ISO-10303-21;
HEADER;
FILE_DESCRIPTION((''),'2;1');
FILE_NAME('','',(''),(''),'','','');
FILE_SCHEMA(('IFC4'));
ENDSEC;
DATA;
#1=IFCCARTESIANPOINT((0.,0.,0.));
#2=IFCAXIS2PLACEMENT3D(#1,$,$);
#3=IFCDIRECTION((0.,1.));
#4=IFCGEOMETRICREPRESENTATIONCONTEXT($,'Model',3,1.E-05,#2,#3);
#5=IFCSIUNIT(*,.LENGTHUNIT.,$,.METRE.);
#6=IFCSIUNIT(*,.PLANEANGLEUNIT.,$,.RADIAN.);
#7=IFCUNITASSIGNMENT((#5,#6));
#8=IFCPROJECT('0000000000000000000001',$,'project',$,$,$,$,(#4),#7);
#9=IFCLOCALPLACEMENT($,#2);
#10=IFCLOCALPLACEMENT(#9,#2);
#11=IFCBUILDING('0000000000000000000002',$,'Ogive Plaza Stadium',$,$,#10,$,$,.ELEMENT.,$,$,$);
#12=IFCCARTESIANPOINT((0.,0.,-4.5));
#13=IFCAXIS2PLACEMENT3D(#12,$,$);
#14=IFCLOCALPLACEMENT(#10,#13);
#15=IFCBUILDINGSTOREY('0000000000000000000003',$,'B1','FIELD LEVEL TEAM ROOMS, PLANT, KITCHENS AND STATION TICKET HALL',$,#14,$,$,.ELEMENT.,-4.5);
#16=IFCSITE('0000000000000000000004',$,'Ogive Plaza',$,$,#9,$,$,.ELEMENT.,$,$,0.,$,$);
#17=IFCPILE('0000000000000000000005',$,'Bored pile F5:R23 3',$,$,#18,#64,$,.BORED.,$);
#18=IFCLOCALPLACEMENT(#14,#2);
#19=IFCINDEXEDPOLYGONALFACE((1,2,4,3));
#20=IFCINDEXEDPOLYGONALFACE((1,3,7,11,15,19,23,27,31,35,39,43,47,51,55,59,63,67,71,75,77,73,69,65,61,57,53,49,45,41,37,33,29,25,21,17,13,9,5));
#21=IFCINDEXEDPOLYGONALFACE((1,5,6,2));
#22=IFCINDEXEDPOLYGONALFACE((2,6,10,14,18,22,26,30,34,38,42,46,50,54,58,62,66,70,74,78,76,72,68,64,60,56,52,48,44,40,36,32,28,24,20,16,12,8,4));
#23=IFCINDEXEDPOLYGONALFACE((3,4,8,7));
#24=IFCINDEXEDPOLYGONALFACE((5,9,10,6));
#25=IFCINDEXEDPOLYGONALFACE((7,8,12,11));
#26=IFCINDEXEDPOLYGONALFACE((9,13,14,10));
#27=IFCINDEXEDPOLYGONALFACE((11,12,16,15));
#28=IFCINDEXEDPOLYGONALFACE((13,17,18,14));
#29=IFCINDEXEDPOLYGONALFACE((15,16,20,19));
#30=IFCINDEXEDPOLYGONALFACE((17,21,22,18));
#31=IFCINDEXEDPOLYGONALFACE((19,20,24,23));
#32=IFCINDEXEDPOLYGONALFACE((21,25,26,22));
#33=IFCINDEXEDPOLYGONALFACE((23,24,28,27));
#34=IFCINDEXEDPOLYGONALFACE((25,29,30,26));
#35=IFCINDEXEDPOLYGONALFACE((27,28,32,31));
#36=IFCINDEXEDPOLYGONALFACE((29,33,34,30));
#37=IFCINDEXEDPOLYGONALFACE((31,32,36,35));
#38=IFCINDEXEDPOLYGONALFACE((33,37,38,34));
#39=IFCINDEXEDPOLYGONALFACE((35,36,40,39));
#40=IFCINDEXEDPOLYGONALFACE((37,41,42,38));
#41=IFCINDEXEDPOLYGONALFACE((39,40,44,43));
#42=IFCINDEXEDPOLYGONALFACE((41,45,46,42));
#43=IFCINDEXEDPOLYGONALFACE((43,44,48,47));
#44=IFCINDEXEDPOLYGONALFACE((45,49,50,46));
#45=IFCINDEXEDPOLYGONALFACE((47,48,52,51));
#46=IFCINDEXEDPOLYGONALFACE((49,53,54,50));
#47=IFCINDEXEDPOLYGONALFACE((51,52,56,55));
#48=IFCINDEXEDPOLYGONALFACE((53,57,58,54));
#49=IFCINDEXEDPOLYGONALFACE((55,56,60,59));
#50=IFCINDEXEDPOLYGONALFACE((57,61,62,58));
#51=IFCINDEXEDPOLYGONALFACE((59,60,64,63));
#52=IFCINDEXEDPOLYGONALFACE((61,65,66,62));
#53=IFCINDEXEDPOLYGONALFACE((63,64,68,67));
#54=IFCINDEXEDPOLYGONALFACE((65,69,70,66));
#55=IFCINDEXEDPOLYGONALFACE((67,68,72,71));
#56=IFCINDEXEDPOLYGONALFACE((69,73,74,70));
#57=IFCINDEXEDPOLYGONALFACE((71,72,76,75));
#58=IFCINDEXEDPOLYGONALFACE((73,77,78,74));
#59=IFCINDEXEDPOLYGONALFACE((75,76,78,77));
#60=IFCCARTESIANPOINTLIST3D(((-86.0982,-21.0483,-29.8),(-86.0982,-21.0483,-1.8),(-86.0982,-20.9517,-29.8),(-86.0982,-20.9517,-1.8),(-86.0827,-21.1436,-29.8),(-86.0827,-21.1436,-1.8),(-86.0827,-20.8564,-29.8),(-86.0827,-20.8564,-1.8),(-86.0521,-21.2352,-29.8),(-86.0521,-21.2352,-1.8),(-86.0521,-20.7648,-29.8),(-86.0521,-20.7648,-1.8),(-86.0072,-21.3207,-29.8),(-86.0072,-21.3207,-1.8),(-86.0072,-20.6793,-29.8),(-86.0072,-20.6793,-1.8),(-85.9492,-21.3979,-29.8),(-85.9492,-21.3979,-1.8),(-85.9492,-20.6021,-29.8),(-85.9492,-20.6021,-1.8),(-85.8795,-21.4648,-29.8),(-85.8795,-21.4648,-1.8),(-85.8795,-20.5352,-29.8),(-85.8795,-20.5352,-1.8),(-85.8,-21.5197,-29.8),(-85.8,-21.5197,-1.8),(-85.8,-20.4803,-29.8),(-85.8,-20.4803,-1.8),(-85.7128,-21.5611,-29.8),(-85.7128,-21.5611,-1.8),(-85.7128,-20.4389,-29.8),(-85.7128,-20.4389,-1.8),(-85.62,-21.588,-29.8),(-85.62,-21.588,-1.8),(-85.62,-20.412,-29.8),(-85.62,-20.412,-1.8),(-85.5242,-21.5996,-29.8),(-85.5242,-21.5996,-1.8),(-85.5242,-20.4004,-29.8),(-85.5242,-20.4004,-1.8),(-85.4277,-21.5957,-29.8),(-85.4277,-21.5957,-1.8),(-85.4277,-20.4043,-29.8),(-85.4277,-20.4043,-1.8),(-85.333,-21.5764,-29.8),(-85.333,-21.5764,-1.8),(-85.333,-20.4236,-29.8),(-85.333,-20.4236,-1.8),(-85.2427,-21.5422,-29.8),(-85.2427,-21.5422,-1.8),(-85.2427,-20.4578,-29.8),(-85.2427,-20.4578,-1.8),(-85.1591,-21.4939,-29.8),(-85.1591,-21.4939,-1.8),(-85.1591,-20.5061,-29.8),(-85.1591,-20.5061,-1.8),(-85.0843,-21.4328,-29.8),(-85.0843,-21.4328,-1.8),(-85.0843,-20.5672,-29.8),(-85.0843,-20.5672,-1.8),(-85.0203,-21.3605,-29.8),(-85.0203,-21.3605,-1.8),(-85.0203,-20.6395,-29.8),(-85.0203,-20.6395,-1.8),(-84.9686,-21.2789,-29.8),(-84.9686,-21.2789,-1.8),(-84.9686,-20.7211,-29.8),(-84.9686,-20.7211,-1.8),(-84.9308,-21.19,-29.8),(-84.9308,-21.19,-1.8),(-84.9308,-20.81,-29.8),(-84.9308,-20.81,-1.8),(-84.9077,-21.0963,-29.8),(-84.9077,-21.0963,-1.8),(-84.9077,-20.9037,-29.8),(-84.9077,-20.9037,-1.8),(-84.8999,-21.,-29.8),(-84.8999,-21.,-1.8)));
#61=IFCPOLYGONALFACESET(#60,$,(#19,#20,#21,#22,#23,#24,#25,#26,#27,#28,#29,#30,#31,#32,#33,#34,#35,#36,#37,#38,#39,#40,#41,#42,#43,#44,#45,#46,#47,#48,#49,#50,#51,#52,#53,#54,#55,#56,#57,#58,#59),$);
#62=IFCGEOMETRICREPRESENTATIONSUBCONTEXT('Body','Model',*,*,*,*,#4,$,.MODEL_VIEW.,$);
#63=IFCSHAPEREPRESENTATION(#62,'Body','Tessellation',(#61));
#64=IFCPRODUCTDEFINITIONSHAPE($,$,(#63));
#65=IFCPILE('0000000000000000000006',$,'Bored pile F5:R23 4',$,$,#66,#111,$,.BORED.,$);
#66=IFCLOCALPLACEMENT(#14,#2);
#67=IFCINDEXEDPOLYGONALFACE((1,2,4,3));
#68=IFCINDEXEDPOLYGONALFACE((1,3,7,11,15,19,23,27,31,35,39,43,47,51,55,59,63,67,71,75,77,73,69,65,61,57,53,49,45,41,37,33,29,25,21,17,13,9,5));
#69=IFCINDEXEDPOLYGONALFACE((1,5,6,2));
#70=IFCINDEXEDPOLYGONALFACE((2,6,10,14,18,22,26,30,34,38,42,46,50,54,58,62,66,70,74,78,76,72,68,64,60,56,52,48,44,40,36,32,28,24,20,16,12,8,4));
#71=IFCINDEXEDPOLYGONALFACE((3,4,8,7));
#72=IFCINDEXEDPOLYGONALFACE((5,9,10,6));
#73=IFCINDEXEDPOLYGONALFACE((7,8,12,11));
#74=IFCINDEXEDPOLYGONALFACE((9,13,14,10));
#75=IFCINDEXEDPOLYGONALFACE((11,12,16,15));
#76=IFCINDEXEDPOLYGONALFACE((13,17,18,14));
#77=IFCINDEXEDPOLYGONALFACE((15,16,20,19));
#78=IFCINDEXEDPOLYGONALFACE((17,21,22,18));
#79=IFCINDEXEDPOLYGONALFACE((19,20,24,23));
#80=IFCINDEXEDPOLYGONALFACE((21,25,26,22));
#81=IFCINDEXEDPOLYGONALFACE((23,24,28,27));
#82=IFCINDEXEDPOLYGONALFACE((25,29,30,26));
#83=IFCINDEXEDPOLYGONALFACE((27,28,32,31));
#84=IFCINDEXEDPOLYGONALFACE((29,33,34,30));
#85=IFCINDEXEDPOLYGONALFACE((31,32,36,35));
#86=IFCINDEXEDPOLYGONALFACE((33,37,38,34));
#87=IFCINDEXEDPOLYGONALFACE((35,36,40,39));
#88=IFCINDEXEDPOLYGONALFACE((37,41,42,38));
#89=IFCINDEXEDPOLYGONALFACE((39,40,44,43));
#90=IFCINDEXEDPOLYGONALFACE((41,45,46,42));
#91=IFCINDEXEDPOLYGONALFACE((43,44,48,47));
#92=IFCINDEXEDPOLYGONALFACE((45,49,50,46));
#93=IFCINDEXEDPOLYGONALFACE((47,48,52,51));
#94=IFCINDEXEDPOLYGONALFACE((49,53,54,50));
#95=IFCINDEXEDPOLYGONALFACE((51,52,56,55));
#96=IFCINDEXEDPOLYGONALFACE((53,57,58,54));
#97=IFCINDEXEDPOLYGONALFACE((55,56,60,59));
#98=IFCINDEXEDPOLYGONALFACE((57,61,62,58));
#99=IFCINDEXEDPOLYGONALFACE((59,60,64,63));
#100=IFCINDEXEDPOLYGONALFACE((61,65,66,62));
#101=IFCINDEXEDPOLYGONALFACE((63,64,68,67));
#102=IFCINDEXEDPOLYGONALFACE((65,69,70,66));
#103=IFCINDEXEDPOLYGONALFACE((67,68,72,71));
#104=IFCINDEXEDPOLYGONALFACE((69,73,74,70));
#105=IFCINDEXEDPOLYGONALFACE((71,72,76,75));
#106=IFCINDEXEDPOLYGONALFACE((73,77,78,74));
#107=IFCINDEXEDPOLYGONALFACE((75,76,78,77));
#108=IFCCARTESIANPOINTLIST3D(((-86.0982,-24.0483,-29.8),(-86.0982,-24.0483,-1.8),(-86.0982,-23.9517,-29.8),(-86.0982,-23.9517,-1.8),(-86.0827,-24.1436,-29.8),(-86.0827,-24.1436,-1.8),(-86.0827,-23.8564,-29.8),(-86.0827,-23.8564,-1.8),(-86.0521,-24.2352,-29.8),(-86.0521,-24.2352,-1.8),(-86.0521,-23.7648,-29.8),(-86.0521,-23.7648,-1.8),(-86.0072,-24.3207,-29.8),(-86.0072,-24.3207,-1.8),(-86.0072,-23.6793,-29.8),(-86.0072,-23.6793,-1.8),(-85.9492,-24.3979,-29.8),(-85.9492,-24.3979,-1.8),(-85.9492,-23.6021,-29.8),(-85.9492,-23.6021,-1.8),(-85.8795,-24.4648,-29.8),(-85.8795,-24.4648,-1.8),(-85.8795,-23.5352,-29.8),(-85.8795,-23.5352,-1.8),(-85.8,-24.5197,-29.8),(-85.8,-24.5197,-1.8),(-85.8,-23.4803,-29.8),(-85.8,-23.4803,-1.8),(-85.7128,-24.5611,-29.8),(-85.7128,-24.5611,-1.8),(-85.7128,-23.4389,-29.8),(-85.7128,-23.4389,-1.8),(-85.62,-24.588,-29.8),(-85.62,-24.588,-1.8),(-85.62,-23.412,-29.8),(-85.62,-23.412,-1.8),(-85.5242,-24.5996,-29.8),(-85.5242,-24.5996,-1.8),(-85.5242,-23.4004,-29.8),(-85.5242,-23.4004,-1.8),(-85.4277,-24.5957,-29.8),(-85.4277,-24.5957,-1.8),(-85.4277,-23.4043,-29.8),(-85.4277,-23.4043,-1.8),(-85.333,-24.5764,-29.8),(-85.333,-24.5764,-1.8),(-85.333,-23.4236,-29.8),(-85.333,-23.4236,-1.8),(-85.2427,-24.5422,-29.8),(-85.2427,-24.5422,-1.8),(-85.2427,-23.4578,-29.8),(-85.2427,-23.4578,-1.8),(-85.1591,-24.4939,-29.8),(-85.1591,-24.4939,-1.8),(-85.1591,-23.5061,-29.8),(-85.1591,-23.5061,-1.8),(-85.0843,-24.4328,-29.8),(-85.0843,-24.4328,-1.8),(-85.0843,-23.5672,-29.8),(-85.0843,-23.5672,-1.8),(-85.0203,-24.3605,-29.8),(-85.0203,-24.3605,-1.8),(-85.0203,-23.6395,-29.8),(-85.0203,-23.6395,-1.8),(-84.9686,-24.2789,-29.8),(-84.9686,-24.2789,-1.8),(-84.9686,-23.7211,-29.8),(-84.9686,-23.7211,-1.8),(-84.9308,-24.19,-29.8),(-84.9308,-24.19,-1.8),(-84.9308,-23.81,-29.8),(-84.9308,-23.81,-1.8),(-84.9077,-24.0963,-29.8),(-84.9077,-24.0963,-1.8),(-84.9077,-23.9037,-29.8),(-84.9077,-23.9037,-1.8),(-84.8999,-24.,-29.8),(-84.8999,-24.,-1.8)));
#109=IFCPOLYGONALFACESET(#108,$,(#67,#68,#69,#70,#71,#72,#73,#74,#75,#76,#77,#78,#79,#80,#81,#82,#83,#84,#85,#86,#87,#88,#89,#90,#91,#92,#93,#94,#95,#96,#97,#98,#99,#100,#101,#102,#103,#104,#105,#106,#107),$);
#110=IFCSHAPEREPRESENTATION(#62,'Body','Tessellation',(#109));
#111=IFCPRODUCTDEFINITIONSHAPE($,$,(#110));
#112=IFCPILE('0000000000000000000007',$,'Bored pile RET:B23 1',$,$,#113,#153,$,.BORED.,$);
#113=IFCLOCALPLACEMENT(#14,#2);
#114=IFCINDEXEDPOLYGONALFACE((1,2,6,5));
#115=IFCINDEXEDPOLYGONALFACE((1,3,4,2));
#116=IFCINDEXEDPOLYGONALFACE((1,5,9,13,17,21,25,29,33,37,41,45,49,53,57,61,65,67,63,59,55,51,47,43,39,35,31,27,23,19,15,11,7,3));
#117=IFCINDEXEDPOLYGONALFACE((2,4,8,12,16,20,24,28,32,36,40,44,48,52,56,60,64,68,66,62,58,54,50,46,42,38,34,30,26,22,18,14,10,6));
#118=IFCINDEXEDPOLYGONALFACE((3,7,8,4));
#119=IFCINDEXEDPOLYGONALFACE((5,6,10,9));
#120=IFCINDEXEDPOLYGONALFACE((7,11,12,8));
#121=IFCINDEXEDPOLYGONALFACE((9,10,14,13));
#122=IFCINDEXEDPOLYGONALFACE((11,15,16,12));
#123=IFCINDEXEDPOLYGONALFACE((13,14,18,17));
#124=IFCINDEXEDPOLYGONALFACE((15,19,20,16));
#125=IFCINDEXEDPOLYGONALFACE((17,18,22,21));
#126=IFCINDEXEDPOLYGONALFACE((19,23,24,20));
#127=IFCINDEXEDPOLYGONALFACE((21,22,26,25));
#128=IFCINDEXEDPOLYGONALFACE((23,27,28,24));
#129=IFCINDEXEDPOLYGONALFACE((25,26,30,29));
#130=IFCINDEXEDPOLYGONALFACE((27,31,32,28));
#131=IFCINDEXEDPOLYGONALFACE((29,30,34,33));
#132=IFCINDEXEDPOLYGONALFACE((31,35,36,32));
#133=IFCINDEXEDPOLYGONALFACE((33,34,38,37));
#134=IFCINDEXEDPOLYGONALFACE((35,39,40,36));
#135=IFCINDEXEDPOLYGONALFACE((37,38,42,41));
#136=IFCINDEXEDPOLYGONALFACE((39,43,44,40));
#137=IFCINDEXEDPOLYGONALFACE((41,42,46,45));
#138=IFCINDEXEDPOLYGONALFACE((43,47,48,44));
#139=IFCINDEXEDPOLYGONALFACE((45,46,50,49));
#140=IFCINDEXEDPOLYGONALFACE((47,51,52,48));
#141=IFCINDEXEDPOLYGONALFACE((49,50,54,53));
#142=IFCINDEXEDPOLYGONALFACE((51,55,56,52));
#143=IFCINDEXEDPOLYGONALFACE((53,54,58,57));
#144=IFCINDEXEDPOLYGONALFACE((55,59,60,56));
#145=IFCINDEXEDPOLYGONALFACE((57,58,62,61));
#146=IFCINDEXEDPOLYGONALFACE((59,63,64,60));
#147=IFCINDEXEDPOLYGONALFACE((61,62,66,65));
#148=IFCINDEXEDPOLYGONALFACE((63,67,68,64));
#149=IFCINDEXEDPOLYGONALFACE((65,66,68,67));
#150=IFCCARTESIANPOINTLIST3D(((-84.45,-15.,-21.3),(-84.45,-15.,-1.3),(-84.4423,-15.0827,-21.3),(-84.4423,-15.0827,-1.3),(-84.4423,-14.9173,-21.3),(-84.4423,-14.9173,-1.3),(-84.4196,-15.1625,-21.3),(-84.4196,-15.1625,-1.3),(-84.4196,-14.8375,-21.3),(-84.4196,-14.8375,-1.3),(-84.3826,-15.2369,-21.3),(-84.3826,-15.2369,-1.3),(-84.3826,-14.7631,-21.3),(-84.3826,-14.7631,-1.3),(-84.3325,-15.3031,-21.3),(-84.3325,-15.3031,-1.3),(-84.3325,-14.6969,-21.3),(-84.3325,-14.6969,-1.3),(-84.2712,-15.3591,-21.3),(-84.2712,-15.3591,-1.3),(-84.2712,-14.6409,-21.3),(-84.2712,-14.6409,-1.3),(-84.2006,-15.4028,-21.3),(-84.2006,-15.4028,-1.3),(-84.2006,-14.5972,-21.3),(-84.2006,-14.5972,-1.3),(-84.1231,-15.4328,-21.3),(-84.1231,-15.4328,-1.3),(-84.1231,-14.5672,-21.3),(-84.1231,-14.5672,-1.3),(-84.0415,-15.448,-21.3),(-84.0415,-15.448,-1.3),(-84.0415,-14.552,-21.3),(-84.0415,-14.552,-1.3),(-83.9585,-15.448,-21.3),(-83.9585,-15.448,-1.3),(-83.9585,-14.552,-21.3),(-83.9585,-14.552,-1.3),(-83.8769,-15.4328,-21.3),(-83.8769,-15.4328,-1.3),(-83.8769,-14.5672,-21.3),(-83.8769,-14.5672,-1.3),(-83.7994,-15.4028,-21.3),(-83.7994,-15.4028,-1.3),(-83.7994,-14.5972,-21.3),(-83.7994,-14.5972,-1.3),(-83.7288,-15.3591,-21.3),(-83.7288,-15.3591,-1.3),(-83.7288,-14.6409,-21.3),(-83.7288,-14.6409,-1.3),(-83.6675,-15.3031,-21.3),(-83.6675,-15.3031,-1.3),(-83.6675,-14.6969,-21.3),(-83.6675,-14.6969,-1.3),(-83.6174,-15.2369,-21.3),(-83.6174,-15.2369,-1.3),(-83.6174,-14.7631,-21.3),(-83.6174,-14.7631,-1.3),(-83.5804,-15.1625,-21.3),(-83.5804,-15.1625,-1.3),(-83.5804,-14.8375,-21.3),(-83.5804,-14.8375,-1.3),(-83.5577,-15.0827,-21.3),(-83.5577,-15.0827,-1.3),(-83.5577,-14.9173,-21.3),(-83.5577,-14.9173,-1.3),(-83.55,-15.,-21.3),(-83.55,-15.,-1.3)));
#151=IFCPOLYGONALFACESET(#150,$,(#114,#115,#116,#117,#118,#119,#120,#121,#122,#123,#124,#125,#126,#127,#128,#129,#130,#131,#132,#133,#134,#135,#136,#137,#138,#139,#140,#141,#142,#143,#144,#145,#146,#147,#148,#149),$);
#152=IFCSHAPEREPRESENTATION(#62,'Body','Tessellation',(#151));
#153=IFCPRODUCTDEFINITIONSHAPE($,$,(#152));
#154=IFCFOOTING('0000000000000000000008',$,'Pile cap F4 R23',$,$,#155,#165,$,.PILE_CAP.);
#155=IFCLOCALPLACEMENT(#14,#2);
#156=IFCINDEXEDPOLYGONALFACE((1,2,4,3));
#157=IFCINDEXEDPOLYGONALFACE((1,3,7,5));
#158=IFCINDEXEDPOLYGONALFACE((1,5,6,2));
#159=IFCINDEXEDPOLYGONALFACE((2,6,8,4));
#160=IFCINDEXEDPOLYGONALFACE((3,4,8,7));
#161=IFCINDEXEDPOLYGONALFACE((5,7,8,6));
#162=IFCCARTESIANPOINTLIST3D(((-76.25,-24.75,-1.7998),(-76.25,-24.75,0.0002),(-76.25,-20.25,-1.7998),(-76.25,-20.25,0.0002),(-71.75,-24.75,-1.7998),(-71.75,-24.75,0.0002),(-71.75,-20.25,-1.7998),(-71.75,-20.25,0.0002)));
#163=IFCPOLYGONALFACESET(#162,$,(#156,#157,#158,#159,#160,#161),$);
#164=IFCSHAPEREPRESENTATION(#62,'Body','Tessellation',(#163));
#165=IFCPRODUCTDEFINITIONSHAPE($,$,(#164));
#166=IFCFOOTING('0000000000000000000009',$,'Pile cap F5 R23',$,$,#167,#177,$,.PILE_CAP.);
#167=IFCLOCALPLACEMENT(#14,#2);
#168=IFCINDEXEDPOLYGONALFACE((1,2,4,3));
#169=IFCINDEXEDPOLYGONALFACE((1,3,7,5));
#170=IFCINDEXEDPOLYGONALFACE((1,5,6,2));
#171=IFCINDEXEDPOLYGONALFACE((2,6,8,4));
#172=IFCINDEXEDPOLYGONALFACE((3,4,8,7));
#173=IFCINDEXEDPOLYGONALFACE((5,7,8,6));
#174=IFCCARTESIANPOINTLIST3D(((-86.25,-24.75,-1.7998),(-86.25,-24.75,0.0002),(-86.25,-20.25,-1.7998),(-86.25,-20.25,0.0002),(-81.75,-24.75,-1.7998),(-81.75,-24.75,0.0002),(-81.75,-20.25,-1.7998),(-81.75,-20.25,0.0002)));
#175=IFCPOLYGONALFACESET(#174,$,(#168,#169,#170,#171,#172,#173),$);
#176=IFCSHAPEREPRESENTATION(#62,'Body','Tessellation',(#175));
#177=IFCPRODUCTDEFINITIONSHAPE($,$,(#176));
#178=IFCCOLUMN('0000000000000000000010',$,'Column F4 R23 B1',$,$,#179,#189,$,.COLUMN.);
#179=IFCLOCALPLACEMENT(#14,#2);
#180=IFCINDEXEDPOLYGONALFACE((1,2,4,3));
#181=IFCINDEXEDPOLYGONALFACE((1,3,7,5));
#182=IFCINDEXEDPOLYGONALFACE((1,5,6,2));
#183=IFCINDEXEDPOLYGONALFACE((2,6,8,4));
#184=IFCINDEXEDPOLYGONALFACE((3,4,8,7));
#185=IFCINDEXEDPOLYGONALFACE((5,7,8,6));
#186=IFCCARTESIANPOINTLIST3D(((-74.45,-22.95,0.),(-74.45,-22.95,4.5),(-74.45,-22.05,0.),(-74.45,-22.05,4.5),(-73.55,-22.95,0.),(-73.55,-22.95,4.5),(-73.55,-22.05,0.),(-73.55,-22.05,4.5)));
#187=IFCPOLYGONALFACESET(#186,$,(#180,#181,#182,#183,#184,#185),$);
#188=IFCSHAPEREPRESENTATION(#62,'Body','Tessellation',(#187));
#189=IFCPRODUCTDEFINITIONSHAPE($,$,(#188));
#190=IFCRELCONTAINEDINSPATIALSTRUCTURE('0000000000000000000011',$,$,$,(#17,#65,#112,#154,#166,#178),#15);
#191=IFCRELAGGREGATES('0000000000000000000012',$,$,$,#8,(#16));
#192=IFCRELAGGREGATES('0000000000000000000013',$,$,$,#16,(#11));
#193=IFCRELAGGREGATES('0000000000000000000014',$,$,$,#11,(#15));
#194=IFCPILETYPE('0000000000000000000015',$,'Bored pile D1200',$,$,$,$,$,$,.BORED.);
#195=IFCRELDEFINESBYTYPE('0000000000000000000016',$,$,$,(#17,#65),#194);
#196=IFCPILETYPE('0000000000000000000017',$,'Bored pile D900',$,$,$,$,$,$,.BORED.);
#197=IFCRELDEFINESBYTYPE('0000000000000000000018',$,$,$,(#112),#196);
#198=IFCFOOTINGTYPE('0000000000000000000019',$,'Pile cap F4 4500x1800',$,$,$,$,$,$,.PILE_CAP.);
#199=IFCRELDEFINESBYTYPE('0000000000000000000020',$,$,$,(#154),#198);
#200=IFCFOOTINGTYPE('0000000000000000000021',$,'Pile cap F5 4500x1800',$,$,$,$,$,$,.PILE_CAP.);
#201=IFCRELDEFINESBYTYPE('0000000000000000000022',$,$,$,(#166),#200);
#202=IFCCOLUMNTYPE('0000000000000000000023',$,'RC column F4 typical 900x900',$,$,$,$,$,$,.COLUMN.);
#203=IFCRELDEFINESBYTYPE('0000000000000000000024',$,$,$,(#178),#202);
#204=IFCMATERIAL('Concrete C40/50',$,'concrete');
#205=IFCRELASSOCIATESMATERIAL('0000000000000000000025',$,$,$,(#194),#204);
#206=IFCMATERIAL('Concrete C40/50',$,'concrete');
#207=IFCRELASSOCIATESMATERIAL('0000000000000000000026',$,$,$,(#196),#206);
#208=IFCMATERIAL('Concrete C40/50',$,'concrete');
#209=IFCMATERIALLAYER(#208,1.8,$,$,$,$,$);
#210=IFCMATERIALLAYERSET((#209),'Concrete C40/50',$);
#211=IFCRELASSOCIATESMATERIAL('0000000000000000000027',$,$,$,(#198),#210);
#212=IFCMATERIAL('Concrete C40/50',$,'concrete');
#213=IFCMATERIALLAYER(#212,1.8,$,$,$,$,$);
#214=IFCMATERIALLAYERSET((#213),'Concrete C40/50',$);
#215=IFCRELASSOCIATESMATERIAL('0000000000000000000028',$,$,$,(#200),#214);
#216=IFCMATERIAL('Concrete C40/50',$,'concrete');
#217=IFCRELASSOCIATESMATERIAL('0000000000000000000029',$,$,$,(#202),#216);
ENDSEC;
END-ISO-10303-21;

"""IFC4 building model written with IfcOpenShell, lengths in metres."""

from ifc_helpers import new_model, si_unit, direction, frame, origin, origin_2d, place, context, subcontext, project, spatial, rectangle, circle, extrude, material, layer, layer_set, material_profile, profile_set, type_object, element, save


model = new_model("IFC4")

# Units and contexts
model_context = context("Model", 3, precision=1e-05, world=origin(), true_north=direction((0.0, 1.0)))
body_context = subcontext(model_context, "Body", "Model", "MODEL_VIEW")
ifc_project = project(units=[si_unit("LENGTHUNIT", "METRE"), si_unit("PLANEANGLEUNIT", "RADIAN")], contexts=[model_context])

# Site, building, storey
site_placement = place(None, origin())
site = spatial("IfcSite", under=ifc_project, at=site_placement, Name="Ogive Plaza", CompositionType="ELEMENT", RefElevation=0.0)
building_placement = place(site_placement, origin())
building = spatial("IfcBuilding", under=site, at=building_placement, Name="Ogive Plaza Stadium", CompositionType="ELEMENT")
storey_placement = place(building_placement, frame((0.0, 0.0, -4.5)))
storey = spatial("IfcBuildingStorey", under=building, at=storey_placement, Name="B1", Description="FIELD LEVEL TEAM ROOMS, PLANT, KITCHENS AND STATION TICKET HALL", CompositionType="ELEMENT", Elevation=-4.5)

# Piles
ifc_material_1 = material(Name="Concrete C40/50", Category="concrete")
ifc_material_profile_1 = material_profile(ifc_material_1, circle(Radius=0.6001, at=origin_2d()), Name="RC D1200")
ifc_profile_set_1 = profile_set([ifc_material_profile_1], Name="Concrete C40/50")
pile_type_1 = type_object("IfcPileType", Name="Bored pile D1200", PredefinedType="BORED", material=ifc_profile_set_1)
for number, where, z_axis, x_axis, name in (
    (1, (-85.5, -21.0, -1.8), (0.0, 0.0, -1.0), (1.0, 0.0, 0.0), "Bored pile F5:R23 3"),
    (2, (-85.5, -24.0, -1.8), (0.0, 0.0, -1.0), (1.0, 0.0, 0.0), "Bored pile F5:R23 4"),
):
    element("IfcPile", number, at=place(storey_placement, frame(where, z_axis=z_axis, x_axis=x_axis)), inside=storey, type_object=pile_type_1, Name=name, PredefinedType="BORED", context=body_context, shape_type="SweptSolid", body=[
        extrude(circle(Radius=0.6001, at=origin_2d()), origin(), (0.0, 0.0, 1.0), 28.0),
    ])
ifc_material_2 = material(Name="Concrete C40/50", Category="concrete")
ifc_material_profile_2 = material_profile(ifc_material_2, circle(Radius=0.45, at=origin_2d()), Name="RC D900")
ifc_profile_set_2 = profile_set([ifc_material_profile_2], Name="Concrete C40/50")
pile_type_2 = type_object("IfcPileType", Name="Bored pile D900", PredefinedType="BORED", material=ifc_profile_set_2)
pile_placement = place(storey_placement, frame((-84.0, -15.0, -1.3), z_axis=(0.0, 0.0, -1.0), x_axis=(1.0, 0.0, 0.0)))
element("IfcPile", 3, at=pile_placement, inside=storey, type_object=pile_type_2, Name="Bored pile RET:B23 1", PredefinedType="BORED", context=body_context, shape_type="SweptSolid", body=[
    extrude(circle(Radius=0.45, at=origin_2d()), origin(), (0.0, 0.0, 1.0), 20.0),
])

# Footings
ifc_material_3 = material(Name="Concrete C40/50", Category="concrete")
ifc_layer_1 = layer(ifc_material_3, 1.8)
ifc_layer_set_1 = layer_set([ifc_layer_1], Name="Concrete C40/50")
footing_type_1 = type_object("IfcFootingType", Name="Pile cap F4 4500x1800", PredefinedType="PILE_CAP", material=ifc_layer_set_1)
footing_1_placement = place(storey_placement, frame((-74.0, -22.5, -1.7998), z_axis=(0.0, 0.0, 1.0), x_axis=(-1.0, 0.0, 0.0)))
element("IfcFooting", 4, at=footing_1_placement, inside=storey, type_object=footing_type_1, Name="Pile cap F4 R23", PredefinedType="PILE_CAP", context=body_context, shape_type="SweptSolid", body=[
    extrude(rectangle(XDim=4.5, YDim=4.5, at=origin_2d()), origin(), (0.0, 0.0, 1.0), 1.8),
])
ifc_material_4 = material(Name="Concrete C40/50", Category="concrete")
ifc_layer_2 = layer(ifc_material_4, 1.8)
ifc_layer_set_2 = layer_set([ifc_layer_2], Name="Concrete C40/50")
footing_type_2 = type_object("IfcFootingType", Name="Pile cap F5 4500x1800", PredefinedType="PILE_CAP", material=ifc_layer_set_2)
footing_2_placement = place(storey_placement, frame((-84.0, -22.5, -1.7998), z_axis=(0.0, 0.0, 1.0), x_axis=(-1.0, 0.0, 0.0)))
element("IfcFooting", 5, at=footing_2_placement, inside=storey, type_object=footing_type_2, Name="Pile cap F5 R23", PredefinedType="PILE_CAP", context=body_context, shape_type="SweptSolid", body=[
    extrude(rectangle(XDim=4.5, YDim=4.5, at=origin_2d()), origin(), (0.0, 0.0, 1.0), 1.8),
])

# Column
ifc_material_5 = material(Name="Concrete C40/50", Category="concrete")
ifc_material_profile_3 = material_profile(ifc_material_5, rectangle(XDim=0.8999, YDim=0.8999, at=origin_2d()), Name="RC 900x900")
ifc_profile_set_3 = profile_set([ifc_material_profile_3], Name="Concrete C40/50")
column_type_1 = type_object("IfcColumnType", Name="RC column F4 typical 900x900", PredefinedType="COLUMN", material=ifc_profile_set_3)
column_1_placement = place(storey_placement, frame((-74.0, -22.5, 0.0), z_axis=(0.0, 0.0, 1.0), x_axis=(0.0, -1.0, 0.0)))
element("IfcColumn", 6, at=column_1_placement, inside=storey, type_object=column_type_1, Name="Column F4 R23 B1", PredefinedType="COLUMN", context=body_context, shape_type="SweptSolid", body=[
    extrude(rectangle(XDim=0.8999, YDim=0.8999, at=origin_2d()), origin(), (0.0, 0.0, 1.0), 4.5),
])

save(model, "model.ifc")
